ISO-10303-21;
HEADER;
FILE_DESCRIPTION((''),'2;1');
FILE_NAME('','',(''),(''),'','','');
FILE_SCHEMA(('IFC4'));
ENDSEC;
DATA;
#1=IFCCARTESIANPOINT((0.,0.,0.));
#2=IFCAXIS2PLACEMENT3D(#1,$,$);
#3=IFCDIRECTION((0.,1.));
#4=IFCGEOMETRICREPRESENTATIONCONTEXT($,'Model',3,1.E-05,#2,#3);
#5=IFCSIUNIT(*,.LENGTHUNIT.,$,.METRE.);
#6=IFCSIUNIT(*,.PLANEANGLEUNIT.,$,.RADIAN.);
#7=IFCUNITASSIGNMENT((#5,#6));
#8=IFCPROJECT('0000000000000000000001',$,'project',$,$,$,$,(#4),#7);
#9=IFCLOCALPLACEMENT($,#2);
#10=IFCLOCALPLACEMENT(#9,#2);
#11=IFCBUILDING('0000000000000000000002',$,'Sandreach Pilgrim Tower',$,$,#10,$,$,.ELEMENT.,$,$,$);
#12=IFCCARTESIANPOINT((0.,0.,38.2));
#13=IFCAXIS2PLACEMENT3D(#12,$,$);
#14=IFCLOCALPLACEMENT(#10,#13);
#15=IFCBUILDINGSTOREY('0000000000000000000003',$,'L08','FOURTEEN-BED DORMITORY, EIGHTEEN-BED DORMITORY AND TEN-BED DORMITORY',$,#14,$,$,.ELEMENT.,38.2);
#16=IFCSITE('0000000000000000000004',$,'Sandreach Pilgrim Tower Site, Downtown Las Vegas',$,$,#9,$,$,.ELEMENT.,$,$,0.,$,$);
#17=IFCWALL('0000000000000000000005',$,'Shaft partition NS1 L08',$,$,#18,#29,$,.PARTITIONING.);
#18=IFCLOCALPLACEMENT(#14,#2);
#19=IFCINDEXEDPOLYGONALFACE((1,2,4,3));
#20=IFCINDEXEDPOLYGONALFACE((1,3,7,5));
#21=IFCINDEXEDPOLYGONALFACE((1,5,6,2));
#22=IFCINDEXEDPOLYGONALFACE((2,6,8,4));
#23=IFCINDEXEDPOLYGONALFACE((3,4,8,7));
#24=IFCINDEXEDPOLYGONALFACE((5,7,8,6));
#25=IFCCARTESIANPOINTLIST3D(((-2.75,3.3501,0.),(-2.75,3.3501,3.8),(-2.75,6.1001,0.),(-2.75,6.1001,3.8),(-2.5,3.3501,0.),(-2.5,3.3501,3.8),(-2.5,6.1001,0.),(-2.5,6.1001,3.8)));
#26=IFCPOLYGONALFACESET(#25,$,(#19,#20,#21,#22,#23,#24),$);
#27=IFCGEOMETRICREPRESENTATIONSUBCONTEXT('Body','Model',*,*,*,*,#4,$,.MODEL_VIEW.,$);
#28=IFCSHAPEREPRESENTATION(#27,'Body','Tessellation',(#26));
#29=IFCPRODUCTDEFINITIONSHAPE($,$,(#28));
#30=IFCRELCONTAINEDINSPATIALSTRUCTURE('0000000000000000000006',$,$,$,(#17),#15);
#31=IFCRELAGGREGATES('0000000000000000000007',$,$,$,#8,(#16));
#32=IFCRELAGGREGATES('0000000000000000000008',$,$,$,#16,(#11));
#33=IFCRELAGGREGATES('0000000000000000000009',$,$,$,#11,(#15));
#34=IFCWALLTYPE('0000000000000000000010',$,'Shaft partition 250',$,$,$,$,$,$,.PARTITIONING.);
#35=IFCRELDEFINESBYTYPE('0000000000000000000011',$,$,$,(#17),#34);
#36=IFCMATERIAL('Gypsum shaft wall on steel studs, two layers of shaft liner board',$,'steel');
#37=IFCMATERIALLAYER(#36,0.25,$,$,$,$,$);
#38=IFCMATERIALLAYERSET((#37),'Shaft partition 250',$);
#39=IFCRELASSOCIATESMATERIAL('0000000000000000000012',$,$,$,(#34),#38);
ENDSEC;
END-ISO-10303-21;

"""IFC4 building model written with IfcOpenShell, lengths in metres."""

from ifc_helpers import new_model, si_unit, direction, frame, frame_2d, origin, place, context, subcontext, project, spatial, rectangle, extrude, material, layer, layer_set, type_object, element, save


model = new_model("IFC4")

# Units and contexts
model_context = context("Model", 3, precision=1e-05, world=origin(), true_north=direction((0.0, 1.0)))
body_context = subcontext(model_context, "Body", "Model", "MODEL_VIEW")
ifc_project = project(units=[si_unit("LENGTHUNIT", "METRE"), si_unit("PLANEANGLEUNIT", "RADIAN")], contexts=[model_context])

# Site, building, storey
site_placement = place(None, origin())
site = spatial("IfcSite", under=ifc_project, at=site_placement, Name="Sandreach Pilgrim Tower Site, Downtown Las Vegas", CompositionType="ELEMENT", RefElevation=0.0)
building_placement = place(site_placement, origin())
building = spatial("IfcBuilding", under=site, at=building_placement, Name="Sandreach Pilgrim Tower", CompositionType="ELEMENT")
storey_placement = place(building_placement, frame((0.0, 0.0, 38.2)))
storey = spatial("IfcBuildingStorey", under=building, at=storey_placement, Name="L08", Description="FOURTEEN-BED DORMITORY, EIGHTEEN-BED DORMITORY AND TEN-BED DORMITORY", CompositionType="ELEMENT", Elevation=38.2)

# Wall
ifc_material_1 = material(Name="Gypsum shaft wall on steel studs, two layers of shaft liner board", Category="steel")
ifc_layer_1 = layer(ifc_material_1, 0.25)
ifc_layer_set_1 = layer_set([ifc_layer_1], Name="Shaft partition 250")
wall_type_1 = type_object("IfcWallType", Name="Shaft partition 250", PredefinedType="PARTITIONING", material=ifc_layer_set_1)
for number, where, z_axis, x_axis, name in (
    (1, (-2.625, 3.3501, 0.0), (0.0, 0.0, 1.0), (0.0, 1.0, 0.0), "Shaft partition NS1 L08"),
):
    element("IfcWall", number, at=place(storey_placement, frame(where, z_axis=z_axis, x_axis=x_axis)), inside=storey, type_object=wall_type_1, Name=name, PredefinedType="PARTITIONING", context=body_context, shape_type="SweptSolid", body=[
        extrude(rectangle(XDim=2.75, YDim=0.25, at=frame_2d((1.375, 0.0))), origin(), (0.0, 0.0, 1.0), 3.8),
    ])

save(model, "model.ifc")
